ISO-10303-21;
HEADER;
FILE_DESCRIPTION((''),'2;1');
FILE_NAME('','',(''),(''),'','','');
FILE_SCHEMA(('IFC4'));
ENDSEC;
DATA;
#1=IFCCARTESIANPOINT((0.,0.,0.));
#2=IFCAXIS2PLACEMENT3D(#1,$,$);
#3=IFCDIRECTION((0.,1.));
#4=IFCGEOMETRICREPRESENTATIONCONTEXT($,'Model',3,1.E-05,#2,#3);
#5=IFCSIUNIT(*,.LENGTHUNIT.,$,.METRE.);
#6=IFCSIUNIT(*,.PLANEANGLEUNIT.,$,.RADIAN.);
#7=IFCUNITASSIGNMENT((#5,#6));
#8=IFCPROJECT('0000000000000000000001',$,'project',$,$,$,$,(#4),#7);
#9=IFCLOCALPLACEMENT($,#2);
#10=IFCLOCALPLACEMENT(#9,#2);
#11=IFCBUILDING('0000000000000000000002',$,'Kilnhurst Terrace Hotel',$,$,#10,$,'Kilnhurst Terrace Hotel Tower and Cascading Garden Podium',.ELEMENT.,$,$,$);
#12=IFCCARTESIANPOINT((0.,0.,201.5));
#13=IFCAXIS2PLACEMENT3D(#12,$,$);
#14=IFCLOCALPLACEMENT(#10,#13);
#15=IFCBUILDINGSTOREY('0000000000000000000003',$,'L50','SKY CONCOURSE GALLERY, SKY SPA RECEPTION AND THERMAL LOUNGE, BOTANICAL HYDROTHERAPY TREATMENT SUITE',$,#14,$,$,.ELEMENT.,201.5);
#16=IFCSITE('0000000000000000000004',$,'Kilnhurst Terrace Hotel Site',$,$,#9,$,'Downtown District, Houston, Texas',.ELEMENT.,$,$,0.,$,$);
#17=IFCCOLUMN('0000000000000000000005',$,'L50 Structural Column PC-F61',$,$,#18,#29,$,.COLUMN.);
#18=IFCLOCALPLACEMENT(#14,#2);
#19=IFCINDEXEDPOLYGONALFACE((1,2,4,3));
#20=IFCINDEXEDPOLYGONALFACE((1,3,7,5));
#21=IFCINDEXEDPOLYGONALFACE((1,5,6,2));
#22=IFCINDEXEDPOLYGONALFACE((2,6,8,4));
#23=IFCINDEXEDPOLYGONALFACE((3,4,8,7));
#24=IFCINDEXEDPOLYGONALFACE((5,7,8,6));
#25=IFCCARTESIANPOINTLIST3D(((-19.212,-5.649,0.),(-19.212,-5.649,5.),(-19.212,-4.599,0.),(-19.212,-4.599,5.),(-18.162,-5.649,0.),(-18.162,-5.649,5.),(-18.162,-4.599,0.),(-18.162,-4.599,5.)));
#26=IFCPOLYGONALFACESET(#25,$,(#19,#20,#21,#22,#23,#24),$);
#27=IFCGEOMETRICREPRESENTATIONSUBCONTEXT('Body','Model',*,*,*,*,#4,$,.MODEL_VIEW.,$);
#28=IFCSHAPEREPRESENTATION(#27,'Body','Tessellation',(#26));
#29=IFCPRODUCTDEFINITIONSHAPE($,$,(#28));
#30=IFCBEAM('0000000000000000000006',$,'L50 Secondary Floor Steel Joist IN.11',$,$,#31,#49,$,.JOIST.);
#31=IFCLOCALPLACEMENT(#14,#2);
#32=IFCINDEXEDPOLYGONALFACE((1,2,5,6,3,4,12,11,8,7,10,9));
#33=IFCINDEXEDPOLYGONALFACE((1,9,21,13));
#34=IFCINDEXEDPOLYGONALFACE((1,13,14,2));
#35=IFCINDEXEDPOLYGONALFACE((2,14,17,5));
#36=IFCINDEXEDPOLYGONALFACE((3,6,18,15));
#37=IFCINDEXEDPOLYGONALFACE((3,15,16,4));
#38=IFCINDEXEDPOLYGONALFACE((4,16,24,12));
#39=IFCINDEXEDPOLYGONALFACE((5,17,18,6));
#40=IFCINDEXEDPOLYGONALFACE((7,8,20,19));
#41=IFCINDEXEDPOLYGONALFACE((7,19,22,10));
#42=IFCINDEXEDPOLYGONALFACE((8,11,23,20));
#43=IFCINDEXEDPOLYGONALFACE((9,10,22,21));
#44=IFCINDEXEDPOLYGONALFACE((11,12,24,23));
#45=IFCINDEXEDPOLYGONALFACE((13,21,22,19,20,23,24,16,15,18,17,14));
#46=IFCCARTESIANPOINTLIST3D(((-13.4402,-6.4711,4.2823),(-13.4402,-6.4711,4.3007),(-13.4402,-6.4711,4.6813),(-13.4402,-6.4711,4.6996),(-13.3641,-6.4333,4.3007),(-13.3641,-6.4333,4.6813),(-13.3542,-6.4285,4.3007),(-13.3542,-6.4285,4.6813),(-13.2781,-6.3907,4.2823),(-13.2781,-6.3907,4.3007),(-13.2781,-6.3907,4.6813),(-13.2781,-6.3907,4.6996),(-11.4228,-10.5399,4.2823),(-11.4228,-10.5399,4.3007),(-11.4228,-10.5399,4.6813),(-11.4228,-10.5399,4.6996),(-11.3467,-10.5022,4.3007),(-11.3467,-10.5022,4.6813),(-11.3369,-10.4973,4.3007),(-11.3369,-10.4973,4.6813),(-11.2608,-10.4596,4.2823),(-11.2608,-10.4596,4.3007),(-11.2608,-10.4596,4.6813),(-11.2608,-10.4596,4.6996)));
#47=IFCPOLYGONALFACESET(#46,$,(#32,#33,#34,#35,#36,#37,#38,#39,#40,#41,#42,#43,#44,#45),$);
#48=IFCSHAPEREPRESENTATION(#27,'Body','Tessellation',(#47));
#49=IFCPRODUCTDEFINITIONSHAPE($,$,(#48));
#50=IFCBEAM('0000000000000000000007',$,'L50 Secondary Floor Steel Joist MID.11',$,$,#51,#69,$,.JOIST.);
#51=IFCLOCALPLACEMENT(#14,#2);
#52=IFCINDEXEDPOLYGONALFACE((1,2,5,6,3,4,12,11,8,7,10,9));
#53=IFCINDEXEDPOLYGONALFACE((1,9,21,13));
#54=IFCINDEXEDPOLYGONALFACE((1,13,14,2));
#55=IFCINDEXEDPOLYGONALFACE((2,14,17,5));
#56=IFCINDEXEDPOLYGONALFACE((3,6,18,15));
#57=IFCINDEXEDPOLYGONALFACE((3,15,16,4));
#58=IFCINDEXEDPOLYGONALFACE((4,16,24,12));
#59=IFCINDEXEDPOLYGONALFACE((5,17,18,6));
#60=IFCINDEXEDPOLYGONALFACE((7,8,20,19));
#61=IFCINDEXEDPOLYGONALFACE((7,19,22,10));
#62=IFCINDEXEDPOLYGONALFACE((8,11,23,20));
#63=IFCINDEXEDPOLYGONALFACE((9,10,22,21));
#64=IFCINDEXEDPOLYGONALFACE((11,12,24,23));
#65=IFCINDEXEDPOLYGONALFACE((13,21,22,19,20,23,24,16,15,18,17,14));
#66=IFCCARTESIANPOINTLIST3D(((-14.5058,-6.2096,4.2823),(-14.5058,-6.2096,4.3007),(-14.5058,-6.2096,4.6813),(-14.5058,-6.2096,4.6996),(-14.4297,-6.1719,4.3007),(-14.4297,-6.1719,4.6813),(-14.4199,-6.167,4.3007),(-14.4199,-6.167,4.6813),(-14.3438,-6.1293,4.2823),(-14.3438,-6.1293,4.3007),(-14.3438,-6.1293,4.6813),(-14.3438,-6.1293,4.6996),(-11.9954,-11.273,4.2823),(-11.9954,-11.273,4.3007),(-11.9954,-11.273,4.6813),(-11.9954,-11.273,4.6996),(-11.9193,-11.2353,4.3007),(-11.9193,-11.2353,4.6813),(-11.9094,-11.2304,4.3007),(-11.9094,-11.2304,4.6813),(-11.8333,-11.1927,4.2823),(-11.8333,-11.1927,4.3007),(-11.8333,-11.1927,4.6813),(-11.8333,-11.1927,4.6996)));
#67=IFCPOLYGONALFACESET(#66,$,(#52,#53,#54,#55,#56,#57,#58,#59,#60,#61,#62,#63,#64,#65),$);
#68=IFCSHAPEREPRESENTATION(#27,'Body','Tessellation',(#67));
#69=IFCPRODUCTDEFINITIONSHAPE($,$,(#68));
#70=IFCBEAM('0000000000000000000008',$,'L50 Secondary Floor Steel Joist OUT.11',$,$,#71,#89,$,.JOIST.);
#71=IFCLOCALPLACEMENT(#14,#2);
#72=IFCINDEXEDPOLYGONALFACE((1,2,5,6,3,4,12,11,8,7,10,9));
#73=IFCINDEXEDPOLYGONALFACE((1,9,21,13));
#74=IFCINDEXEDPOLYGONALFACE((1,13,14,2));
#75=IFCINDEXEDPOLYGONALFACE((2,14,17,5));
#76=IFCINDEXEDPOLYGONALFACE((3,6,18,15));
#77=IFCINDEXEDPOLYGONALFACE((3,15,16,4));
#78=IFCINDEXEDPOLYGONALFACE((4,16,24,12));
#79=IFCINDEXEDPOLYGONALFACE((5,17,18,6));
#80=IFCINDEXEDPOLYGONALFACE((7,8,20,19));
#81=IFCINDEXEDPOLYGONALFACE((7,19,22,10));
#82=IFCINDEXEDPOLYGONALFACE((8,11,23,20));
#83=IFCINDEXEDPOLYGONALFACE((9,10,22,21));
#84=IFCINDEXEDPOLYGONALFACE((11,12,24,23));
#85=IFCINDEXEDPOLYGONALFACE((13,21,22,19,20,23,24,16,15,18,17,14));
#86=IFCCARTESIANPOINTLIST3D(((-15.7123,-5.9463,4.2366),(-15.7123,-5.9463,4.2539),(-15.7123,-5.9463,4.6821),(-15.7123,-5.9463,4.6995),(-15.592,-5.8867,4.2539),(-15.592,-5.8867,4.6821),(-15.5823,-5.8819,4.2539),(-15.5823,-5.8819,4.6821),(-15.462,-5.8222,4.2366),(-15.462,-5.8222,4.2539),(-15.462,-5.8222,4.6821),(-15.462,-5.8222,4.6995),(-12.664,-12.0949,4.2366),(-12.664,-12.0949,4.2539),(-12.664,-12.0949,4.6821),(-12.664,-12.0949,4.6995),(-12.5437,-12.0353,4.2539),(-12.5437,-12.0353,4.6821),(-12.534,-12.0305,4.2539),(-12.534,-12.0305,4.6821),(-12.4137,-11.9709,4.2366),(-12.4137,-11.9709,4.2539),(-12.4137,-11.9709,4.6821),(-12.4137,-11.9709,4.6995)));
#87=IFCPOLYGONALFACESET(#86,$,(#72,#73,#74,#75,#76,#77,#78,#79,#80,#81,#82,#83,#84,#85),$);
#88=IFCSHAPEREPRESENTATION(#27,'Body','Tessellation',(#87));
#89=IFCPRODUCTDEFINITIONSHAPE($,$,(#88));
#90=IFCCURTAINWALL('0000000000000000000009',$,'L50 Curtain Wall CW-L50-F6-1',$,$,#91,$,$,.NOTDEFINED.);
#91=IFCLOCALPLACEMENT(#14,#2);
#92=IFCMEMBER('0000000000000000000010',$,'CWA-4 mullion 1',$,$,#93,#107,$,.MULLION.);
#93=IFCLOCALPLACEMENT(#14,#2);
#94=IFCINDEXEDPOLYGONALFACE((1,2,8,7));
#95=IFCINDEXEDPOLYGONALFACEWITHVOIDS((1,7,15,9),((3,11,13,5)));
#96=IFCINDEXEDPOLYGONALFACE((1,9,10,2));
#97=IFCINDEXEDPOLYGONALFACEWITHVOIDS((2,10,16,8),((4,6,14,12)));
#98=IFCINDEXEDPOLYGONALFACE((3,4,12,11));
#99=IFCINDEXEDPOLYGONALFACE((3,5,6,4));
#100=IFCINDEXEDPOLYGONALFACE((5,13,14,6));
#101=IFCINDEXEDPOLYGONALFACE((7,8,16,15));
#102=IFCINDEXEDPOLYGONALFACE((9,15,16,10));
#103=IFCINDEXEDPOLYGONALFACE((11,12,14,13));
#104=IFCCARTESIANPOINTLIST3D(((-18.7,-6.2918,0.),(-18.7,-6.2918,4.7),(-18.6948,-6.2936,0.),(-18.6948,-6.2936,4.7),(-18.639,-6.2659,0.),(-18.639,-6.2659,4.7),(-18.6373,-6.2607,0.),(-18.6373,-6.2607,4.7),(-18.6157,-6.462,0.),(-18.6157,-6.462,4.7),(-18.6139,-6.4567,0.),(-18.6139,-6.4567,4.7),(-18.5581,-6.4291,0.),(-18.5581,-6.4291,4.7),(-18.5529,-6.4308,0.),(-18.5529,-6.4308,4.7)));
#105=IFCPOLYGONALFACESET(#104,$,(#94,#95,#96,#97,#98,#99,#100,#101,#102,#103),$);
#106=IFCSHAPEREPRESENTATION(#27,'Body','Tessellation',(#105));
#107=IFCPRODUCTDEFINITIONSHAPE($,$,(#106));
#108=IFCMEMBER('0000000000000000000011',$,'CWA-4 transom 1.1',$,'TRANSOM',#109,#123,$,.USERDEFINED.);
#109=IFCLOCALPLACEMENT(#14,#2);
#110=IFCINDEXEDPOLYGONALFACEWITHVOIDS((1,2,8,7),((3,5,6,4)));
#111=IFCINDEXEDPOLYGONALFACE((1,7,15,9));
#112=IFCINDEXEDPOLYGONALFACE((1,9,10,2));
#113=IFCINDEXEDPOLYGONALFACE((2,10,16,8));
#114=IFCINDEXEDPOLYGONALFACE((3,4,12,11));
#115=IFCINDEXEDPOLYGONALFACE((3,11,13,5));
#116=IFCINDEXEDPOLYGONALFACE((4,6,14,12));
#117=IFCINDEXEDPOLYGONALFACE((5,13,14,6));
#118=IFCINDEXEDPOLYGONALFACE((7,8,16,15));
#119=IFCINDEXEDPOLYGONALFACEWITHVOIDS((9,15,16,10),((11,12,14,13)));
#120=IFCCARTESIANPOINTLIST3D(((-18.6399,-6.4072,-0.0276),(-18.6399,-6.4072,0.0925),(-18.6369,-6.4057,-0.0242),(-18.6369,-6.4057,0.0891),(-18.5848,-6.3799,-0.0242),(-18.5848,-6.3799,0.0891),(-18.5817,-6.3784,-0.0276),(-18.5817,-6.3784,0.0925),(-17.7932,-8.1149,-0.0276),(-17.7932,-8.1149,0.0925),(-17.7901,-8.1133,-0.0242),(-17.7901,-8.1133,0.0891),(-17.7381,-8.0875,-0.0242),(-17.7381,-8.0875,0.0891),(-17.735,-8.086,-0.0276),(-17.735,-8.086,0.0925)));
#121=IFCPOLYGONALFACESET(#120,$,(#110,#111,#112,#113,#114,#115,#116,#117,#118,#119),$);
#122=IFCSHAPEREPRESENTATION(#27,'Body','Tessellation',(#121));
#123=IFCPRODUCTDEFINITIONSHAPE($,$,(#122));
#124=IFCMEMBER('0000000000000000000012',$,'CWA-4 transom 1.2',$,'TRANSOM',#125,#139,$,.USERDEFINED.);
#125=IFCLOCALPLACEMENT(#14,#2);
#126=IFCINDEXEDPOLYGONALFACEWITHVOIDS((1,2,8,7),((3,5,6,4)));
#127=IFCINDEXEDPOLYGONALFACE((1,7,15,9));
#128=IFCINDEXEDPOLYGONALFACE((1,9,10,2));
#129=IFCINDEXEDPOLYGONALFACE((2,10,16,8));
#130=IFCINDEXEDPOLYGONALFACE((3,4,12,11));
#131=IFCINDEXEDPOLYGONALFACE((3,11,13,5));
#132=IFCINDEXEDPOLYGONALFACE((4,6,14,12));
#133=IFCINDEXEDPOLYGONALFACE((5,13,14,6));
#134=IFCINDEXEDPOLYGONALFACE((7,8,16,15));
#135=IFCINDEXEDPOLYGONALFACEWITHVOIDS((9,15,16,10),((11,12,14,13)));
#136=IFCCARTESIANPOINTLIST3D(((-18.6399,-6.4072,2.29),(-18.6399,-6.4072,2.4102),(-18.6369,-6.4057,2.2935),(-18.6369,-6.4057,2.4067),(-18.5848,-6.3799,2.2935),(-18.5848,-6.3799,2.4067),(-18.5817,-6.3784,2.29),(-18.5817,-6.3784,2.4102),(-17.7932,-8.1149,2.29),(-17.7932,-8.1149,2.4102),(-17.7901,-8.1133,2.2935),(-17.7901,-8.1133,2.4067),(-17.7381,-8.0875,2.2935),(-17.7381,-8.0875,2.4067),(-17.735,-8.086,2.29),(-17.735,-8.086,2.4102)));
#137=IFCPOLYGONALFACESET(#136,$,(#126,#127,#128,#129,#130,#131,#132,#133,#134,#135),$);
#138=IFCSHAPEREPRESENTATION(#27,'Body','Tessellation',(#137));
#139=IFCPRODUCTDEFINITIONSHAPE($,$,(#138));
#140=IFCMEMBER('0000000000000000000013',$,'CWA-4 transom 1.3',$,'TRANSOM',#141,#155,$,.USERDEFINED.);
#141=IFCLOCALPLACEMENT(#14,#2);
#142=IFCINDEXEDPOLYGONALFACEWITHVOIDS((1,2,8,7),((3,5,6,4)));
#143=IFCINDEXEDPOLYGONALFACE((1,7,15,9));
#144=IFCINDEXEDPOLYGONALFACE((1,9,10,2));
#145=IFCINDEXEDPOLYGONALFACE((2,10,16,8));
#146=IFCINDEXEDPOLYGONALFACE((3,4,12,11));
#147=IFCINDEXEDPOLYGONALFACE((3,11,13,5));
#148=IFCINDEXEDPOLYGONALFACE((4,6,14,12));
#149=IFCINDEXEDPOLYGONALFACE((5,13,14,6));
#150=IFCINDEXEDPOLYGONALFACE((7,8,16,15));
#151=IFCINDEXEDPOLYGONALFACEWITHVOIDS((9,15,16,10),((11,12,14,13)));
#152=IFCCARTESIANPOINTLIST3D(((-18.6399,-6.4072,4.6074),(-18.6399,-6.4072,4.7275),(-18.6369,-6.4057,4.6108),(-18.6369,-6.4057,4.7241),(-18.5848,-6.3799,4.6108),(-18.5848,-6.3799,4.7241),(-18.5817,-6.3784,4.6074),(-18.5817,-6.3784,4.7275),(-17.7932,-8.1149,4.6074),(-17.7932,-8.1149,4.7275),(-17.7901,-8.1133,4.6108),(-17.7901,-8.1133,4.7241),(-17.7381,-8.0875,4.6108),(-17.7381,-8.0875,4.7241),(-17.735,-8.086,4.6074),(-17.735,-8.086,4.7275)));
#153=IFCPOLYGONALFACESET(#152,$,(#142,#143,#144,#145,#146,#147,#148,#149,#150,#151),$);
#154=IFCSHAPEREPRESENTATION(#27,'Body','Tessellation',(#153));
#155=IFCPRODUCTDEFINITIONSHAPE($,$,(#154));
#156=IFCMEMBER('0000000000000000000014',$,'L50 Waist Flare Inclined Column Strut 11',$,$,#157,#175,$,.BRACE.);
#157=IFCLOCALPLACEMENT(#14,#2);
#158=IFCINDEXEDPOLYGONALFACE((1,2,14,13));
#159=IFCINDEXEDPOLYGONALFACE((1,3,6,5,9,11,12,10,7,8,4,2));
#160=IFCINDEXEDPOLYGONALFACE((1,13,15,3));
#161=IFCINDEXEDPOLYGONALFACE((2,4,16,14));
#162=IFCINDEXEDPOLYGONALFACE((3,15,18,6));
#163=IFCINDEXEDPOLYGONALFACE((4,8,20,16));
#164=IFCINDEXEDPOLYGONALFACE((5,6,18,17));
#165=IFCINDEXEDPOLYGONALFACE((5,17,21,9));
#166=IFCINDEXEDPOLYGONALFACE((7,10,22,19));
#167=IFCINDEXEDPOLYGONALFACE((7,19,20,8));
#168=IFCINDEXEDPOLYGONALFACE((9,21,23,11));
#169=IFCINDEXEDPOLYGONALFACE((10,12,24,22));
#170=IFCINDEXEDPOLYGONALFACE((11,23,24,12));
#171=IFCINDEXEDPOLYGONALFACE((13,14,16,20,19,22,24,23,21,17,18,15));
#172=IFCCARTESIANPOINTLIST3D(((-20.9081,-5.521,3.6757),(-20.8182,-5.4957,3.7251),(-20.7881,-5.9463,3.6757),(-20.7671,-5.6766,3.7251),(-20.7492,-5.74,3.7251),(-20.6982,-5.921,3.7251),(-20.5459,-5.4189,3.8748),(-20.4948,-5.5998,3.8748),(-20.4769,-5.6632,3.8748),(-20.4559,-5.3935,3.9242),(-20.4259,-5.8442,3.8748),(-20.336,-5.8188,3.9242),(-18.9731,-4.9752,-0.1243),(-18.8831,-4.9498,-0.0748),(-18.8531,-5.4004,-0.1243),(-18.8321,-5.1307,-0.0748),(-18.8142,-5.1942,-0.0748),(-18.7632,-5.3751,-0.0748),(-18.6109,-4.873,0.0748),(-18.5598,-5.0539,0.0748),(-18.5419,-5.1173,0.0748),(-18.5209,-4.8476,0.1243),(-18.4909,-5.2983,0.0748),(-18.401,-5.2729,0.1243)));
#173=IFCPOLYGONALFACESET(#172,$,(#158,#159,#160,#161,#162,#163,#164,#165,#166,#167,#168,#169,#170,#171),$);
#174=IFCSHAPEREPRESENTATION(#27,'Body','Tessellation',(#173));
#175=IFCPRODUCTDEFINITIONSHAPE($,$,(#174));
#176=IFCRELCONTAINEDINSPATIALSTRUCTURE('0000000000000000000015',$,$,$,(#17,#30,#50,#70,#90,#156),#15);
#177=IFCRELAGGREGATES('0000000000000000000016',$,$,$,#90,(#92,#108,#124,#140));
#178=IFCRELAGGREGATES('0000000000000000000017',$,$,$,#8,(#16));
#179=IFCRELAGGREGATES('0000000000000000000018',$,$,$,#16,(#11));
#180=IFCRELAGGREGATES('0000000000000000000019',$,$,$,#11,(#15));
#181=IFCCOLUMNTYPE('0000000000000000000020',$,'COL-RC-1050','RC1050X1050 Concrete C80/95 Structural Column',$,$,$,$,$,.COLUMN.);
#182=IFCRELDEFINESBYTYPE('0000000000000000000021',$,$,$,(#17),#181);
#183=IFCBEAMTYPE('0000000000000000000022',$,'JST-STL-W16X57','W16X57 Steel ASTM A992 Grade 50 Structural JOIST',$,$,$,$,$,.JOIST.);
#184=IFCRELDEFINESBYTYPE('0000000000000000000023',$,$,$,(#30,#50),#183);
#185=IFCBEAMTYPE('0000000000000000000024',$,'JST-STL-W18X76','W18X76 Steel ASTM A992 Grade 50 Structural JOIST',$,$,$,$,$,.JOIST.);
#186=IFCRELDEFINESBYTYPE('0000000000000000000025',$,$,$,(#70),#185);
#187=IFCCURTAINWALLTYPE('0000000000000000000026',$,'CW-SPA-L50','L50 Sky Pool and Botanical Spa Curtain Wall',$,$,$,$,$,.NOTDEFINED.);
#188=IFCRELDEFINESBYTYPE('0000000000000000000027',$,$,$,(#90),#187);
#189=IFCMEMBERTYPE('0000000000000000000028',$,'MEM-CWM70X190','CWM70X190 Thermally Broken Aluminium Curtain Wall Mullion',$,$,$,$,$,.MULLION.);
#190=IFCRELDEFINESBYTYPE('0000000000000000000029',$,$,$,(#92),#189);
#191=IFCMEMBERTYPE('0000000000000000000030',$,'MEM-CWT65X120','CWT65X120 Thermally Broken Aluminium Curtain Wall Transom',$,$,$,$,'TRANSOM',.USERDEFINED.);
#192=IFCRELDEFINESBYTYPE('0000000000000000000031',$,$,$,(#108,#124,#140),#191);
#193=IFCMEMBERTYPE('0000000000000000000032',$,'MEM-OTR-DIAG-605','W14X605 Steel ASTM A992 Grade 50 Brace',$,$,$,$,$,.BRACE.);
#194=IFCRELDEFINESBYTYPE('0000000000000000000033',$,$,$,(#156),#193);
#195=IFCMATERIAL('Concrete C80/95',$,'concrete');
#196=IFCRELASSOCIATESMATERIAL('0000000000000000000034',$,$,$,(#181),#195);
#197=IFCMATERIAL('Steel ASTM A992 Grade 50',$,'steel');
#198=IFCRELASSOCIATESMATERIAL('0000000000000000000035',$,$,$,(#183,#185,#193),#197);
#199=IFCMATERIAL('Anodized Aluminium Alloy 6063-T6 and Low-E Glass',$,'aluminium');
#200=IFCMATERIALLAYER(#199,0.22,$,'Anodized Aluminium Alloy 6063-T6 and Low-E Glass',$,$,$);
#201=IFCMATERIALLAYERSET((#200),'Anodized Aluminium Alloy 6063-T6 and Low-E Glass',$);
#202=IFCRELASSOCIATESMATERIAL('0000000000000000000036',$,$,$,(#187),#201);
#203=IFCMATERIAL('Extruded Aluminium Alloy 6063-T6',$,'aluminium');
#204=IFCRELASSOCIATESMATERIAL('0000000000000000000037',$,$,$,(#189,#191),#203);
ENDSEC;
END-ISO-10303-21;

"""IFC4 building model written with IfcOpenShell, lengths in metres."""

from ifc_helpers import new_model, si_unit, direction, frame, origin, origin_2d, place, context, subcontext, project, spatial, rectangle, hollow_rectangle, i_section, extrude, material, layer, layer_set, material_profile, profile_set, type_object, element, aggregate, save


model = new_model("IFC4")

# Units and contexts
model_context = context("Model", 3, precision=1e-05, world=origin(), true_north=direction((0.0, 1.0)))
body_context = subcontext(model_context, "Body", "Model", "MODEL_VIEW")
ifc_project = project(units=[si_unit("LENGTHUNIT", "METRE"), si_unit("PLANEANGLEUNIT", "RADIAN")], contexts=[model_context])

# Site, building, storey
site_placement = place(None, origin())
site = spatial("IfcSite", under=ifc_project, at=site_placement, Name="Kilnhurst Terrace Hotel Site", LongName="Downtown District, Houston, Texas", CompositionType="ELEMENT", RefElevation=0.0)
building_placement = place(site_placement, origin())
building = spatial("IfcBuilding", under=site, at=building_placement, Name="Kilnhurst Terrace Hotel", LongName="Kilnhurst Terrace Hotel Tower and Cascading Garden Podium", CompositionType="ELEMENT")
storey_placement = place(building_placement, frame((0.0, 0.0, 201.5)))
storey = spatial("IfcBuildingStorey", under=building, at=storey_placement, Name="L50", Description="SKY CONCOURSE GALLERY, SKY SPA RECEPTION AND THERMAL LOUNGE, BOTANICAL HYDROTHERAPY TREATMENT SUITE", CompositionType="ELEMENT", Elevation=201.5)

# Column
ifc_material_1 = material(Name="Concrete C80/95", Category="concrete")
ifc_material_profile_1 = material_profile(ifc_material_1, rectangle(XDim=1.05, YDim=1.05, at=origin_2d()), Name="RC1050X1050")
ifc_profile_set_1 = profile_set([ifc_material_profile_1], Name="Concrete C80/95")
column_type = type_object("IfcColumnType", Name="COL-RC-1050", Description="RC1050X1050 Concrete C80/95 Structural Column", PredefinedType="COLUMN", material=ifc_profile_set_1)
column_placement = place(storey_placement, frame((-18.687, -5.124, 0.0), z_axis=(0.0, 0.0, 1.0), x_axis=(1.0, 0.0, 0.0)))
element("IfcColumn", 1, at=column_placement, inside=storey, type_object=column_type, Name="L50 Structural Column PC-F61", PredefinedType="COLUMN", context=body_context, shape_type="SweptSolid", body=[
    extrude(rectangle(XDim=1.05, YDim=1.05, at=origin_2d()), origin(), (0.0, 0.0, 1.0), 5.0),
])

# Beams
ifc_material_2 = material(Name="Steel ASTM A992 Grade 50", Category="steel")
ifc_material_profile_2 = material_profile(ifc_material_2, i_section(OverallWidth=0.1809, OverallDepth=0.4172, WebThickness=0.011, FlangeThickness=0.0183, at=origin_2d()), Name="W16X57")
ifc_profile_set_2 = profile_set([ifc_material_profile_2], Name="Steel ASTM A992 Grade 50")
beam_type_1 = type_object("IfcBeamType", Name="JST-STL-W16X57", Description="W16X57 Steel ASTM A992 Grade 50 Structural JOIST", PredefinedType="JOIST", material=ifc_profile_set_2)
beam_1_placement = place(storey_placement, frame((-13.3591, -6.4309, 4.491), z_axis=(0.444201, -0.895927, 0.0), x_axis=(0.895927, 0.444201, 0.0)))
element("IfcBeam", 2, at=beam_1_placement, inside=storey, type_object=beam_type_1, Name="L50 Secondary Floor Steel Joist IN.11", PredefinedType="JOIST", context=body_context, shape_type="SweptSolid", body=[
    extrude(i_section(OverallWidth=0.1809, OverallDepth=0.4172, WebThickness=0.011, FlangeThickness=0.0183, at=origin_2d()), origin(), (0.0, 0.0, 1.0), 4.5415),
])
beam_2_placement = place(storey_placement, frame((-14.4248, -6.1694, 4.491), z_axis=(0.444204, -0.895925, 0.0), x_axis=(0.895925, 0.444204, 0.0)))
element("IfcBeam", 3, at=beam_2_placement, inside=storey, type_object=beam_type_1, Name="L50 Secondary Floor Steel Joist MID.11", PredefinedType="JOIST", context=body_context, shape_type="SweptSolid", body=[
    extrude(i_section(OverallWidth=0.1809, OverallDepth=0.4172, WebThickness=0.011, FlangeThickness=0.0183, at=origin_2d()), origin(), (0.0, 0.0, 1.0), 5.6516),
])
ifc_material_profile_3 = material_profile(ifc_material_2, i_section(OverallWidth=0.2793, OverallDepth=0.4629, WebThickness=0.0107, FlangeThickness=0.0173, at=origin_2d()), Name="W18X76")
ifc_profile_set_3 = profile_set([ifc_material_profile_3], Name="Steel ASTM A992 Grade 50")
beam_type_2 = type_object("IfcBeamType", Name="JST-STL-W18X76", Description="W18X76 Steel ASTM A992 Grade 50 Structural JOIST", PredefinedType="JOIST", material=ifc_profile_set_3)
beam_3_placement = place(storey_placement, frame((-15.5872, -5.8843, 4.468), z_axis=(0.44418, -0.895938, 0.0), x_axis=(0.895938, 0.44418, 0.0)))
element("IfcBeam", 4, at=beam_3_placement, inside=storey, type_object=beam_type_2, Name="L50 Secondary Floor Steel Joist OUT.11", PredefinedType="JOIST", context=body_context, shape_type="SweptSolid", body=[
    extrude(i_section(OverallWidth=0.2793, OverallDepth=0.4629, WebThickness=0.0107, FlangeThickness=0.0173, at=origin_2d()), origin(), (0.0, 0.0, 1.0), 6.8628),
])

# Curtain wall, members
ifc_material_3 = material(Name="Anodized Aluminium Alloy 6063-T6 and Low-E Glass", Category="aluminium")
ifc_layer_1 = layer(ifc_material_3, 0.22, Name="Anodized Aluminium Alloy 6063-T6 and Low-E Glass")
ifc_layer_set_1 = layer_set([ifc_layer_1], Name="Anodized Aluminium Alloy 6063-T6 and Low-E Glass")
curtain_wall_type = type_object("IfcCurtainWallType", Name="CW-SPA-L50", Description="L50 Sky Pool and Botanical Spa Curtain Wall", PredefinedType="NOTDEFINED", material=ifc_layer_set_1)
curtain_wall_placement = place(storey_placement, origin())
curtain_wall = element("IfcCurtainWall", 5, at=curtain_wall_placement, inside=storey, type_object=curtain_wall_type, Name="L50 Curtain Wall CW-L50-F6-1", PredefinedType="NOTDEFINED")
ifc_material_4 = material(Name="Extruded Aluminium Alloy 6063-T6", Category="aluminium")
ifc_material_profile_4 = material_profile(ifc_material_4, hollow_rectangle(XDim=0.0701, YDim=0.1899, WallThickness=0.0039, at=origin_2d()), Name="CWM70X190")
ifc_profile_set_4 = profile_set([ifc_material_profile_4], Name="Extruded Aluminium Alloy 6063-T6")
member_type_1 = type_object("IfcMemberType", Name="MEM-CWM70X190", Description="CWM70X190 Thermally Broken Aluminium Curtain Wall Mullion", PredefinedType="MULLION", material=ifc_profile_set_4)
member_1_placement = place(storey_placement, frame((-18.6265, -6.3613, 0.0), z_axis=(0.0, 0.0, 1.0), x_axis=(0.895908, 0.444239, 0.0)))
member_1 = element("IfcMember", 6, at=member_1_placement, type_object=member_type_1, Name="CWA-4 mullion 1", PredefinedType="MULLION", context=body_context, shape_type="SweptSolid", body=[
    extrude(hollow_rectangle(XDim=0.0701, YDim=0.1899, WallThickness=0.0039, at=origin_2d()), origin(), (0.0, 0.0, 1.0), 4.7),
])
ifc_material_profile_5 = material_profile(ifc_material_4, hollow_rectangle(XDim=0.0649, YDim=0.1201, WallThickness=0.0034, at=origin_2d()), Name="CWT65X120")
ifc_profile_set_5 = profile_set([ifc_material_profile_5], Name="Extruded Aluminium Alloy 6063-T6")
member_type_2 = type_object("IfcMemberType", Name="MEM-CWT65X120", Description="CWT65X120 Thermally Broken Aluminium Curtain Wall Transom", ElementType="TRANSOM", PredefinedType="USERDEFINED", material=ifc_profile_set_5)
member_2_placement = place(storey_placement, frame((-18.6108, -6.3928, 0.0325), z_axis=(0.444239, -0.895908, 0.0), x_axis=(0.895908, 0.444239, 0.0)))
member_2 = element("IfcMember", 7, at=member_2_placement, type_object=member_type_2, Name="CWA-4 transom 1.1", ObjectType="TRANSOM", PredefinedType="USERDEFINED", context=body_context, shape_type="SweptSolid", body=[
    extrude(hollow_rectangle(XDim=0.0649, YDim=0.1201, WallThickness=0.0034, at=origin_2d()), origin(), (0.0, 0.0, 1.0), 1.906),
])
member_3_placement = place(storey_placement, frame((-18.6108, -6.3928, 2.3501), z_axis=(0.444239, -0.895908, 0.0), x_axis=(0.895908, 0.444239, 0.0)))
member_3 = element("IfcMember", 8, at=member_3_placement, type_object=member_type_2, Name="CWA-4 transom 1.2", ObjectType="TRANSOM", PredefinedType="USERDEFINED", context=body_context, shape_type="SweptSolid", body=[
    extrude(hollow_rectangle(XDim=0.0649, YDim=0.1201, WallThickness=0.0034, at=origin_2d()), origin(), (0.0, 0.0, 1.0), 1.906),
])
member_4_placement = place(storey_placement, frame((-18.6108, -6.3928, 4.6675), z_axis=(0.444239, -0.895908, 0.0), x_axis=(0.895908, 0.444239, 0.0)))
member_4 = element("IfcMember", 9, at=member_4_placement, type_object=member_type_2, Name="CWA-4 transom 1.3", ObjectType="TRANSOM", PredefinedType="USERDEFINED", context=body_context, shape_type="SweptSolid", body=[
    extrude(hollow_rectangle(XDim=0.0649, YDim=0.1201, WallThickness=0.0034, at=origin_2d()), origin(), (0.0, 0.0, 1.0), 1.906),
])

# Member
ifc_material_profile_6 = material_profile(ifc_material_2, i_section(OverallWidth=0.4419, OverallDepth=0.5315, WebThickness=0.0659, FlangeThickness=0.1057, at=origin_2d()), Name="W14X605")
ifc_profile_set_6 = profile_set([ifc_material_profile_6], Name="Steel ASTM A992 Grade 50")
member_type_3 = type_object("IfcMemberType", Name="MEM-OTR-DIAG-605", Description="W14X605 Steel ASTM A992 Grade 50 Brace", PredefinedType="BRACE", material=ifc_profile_set_6)
member_5_placement = place(storey_placement, frame((-18.687, -5.124, 0.0), z_axis=(-0.450101, -0.126978, 0.883904), x_axis=(0.271512, -0.962435, 0.0)))
element("IfcMember", 10, at=member_5_placement, inside=storey, type_object=member_type_3, Name="L50 Waist Flare Inclined Column Strut 11", PredefinedType="BRACE", context=body_context, shape_type="SweptSolid", body=[
    extrude(i_section(OverallWidth=0.4419, OverallDepth=0.5315, WebThickness=0.0659, FlangeThickness=0.1057, at=origin_2d()), origin(), (0.0, 0.0, 1.0), 4.2991),
])

aggregate(curtain_wall, [member_1, member_2, member_3, member_4])

save(model, "model.ifc")
